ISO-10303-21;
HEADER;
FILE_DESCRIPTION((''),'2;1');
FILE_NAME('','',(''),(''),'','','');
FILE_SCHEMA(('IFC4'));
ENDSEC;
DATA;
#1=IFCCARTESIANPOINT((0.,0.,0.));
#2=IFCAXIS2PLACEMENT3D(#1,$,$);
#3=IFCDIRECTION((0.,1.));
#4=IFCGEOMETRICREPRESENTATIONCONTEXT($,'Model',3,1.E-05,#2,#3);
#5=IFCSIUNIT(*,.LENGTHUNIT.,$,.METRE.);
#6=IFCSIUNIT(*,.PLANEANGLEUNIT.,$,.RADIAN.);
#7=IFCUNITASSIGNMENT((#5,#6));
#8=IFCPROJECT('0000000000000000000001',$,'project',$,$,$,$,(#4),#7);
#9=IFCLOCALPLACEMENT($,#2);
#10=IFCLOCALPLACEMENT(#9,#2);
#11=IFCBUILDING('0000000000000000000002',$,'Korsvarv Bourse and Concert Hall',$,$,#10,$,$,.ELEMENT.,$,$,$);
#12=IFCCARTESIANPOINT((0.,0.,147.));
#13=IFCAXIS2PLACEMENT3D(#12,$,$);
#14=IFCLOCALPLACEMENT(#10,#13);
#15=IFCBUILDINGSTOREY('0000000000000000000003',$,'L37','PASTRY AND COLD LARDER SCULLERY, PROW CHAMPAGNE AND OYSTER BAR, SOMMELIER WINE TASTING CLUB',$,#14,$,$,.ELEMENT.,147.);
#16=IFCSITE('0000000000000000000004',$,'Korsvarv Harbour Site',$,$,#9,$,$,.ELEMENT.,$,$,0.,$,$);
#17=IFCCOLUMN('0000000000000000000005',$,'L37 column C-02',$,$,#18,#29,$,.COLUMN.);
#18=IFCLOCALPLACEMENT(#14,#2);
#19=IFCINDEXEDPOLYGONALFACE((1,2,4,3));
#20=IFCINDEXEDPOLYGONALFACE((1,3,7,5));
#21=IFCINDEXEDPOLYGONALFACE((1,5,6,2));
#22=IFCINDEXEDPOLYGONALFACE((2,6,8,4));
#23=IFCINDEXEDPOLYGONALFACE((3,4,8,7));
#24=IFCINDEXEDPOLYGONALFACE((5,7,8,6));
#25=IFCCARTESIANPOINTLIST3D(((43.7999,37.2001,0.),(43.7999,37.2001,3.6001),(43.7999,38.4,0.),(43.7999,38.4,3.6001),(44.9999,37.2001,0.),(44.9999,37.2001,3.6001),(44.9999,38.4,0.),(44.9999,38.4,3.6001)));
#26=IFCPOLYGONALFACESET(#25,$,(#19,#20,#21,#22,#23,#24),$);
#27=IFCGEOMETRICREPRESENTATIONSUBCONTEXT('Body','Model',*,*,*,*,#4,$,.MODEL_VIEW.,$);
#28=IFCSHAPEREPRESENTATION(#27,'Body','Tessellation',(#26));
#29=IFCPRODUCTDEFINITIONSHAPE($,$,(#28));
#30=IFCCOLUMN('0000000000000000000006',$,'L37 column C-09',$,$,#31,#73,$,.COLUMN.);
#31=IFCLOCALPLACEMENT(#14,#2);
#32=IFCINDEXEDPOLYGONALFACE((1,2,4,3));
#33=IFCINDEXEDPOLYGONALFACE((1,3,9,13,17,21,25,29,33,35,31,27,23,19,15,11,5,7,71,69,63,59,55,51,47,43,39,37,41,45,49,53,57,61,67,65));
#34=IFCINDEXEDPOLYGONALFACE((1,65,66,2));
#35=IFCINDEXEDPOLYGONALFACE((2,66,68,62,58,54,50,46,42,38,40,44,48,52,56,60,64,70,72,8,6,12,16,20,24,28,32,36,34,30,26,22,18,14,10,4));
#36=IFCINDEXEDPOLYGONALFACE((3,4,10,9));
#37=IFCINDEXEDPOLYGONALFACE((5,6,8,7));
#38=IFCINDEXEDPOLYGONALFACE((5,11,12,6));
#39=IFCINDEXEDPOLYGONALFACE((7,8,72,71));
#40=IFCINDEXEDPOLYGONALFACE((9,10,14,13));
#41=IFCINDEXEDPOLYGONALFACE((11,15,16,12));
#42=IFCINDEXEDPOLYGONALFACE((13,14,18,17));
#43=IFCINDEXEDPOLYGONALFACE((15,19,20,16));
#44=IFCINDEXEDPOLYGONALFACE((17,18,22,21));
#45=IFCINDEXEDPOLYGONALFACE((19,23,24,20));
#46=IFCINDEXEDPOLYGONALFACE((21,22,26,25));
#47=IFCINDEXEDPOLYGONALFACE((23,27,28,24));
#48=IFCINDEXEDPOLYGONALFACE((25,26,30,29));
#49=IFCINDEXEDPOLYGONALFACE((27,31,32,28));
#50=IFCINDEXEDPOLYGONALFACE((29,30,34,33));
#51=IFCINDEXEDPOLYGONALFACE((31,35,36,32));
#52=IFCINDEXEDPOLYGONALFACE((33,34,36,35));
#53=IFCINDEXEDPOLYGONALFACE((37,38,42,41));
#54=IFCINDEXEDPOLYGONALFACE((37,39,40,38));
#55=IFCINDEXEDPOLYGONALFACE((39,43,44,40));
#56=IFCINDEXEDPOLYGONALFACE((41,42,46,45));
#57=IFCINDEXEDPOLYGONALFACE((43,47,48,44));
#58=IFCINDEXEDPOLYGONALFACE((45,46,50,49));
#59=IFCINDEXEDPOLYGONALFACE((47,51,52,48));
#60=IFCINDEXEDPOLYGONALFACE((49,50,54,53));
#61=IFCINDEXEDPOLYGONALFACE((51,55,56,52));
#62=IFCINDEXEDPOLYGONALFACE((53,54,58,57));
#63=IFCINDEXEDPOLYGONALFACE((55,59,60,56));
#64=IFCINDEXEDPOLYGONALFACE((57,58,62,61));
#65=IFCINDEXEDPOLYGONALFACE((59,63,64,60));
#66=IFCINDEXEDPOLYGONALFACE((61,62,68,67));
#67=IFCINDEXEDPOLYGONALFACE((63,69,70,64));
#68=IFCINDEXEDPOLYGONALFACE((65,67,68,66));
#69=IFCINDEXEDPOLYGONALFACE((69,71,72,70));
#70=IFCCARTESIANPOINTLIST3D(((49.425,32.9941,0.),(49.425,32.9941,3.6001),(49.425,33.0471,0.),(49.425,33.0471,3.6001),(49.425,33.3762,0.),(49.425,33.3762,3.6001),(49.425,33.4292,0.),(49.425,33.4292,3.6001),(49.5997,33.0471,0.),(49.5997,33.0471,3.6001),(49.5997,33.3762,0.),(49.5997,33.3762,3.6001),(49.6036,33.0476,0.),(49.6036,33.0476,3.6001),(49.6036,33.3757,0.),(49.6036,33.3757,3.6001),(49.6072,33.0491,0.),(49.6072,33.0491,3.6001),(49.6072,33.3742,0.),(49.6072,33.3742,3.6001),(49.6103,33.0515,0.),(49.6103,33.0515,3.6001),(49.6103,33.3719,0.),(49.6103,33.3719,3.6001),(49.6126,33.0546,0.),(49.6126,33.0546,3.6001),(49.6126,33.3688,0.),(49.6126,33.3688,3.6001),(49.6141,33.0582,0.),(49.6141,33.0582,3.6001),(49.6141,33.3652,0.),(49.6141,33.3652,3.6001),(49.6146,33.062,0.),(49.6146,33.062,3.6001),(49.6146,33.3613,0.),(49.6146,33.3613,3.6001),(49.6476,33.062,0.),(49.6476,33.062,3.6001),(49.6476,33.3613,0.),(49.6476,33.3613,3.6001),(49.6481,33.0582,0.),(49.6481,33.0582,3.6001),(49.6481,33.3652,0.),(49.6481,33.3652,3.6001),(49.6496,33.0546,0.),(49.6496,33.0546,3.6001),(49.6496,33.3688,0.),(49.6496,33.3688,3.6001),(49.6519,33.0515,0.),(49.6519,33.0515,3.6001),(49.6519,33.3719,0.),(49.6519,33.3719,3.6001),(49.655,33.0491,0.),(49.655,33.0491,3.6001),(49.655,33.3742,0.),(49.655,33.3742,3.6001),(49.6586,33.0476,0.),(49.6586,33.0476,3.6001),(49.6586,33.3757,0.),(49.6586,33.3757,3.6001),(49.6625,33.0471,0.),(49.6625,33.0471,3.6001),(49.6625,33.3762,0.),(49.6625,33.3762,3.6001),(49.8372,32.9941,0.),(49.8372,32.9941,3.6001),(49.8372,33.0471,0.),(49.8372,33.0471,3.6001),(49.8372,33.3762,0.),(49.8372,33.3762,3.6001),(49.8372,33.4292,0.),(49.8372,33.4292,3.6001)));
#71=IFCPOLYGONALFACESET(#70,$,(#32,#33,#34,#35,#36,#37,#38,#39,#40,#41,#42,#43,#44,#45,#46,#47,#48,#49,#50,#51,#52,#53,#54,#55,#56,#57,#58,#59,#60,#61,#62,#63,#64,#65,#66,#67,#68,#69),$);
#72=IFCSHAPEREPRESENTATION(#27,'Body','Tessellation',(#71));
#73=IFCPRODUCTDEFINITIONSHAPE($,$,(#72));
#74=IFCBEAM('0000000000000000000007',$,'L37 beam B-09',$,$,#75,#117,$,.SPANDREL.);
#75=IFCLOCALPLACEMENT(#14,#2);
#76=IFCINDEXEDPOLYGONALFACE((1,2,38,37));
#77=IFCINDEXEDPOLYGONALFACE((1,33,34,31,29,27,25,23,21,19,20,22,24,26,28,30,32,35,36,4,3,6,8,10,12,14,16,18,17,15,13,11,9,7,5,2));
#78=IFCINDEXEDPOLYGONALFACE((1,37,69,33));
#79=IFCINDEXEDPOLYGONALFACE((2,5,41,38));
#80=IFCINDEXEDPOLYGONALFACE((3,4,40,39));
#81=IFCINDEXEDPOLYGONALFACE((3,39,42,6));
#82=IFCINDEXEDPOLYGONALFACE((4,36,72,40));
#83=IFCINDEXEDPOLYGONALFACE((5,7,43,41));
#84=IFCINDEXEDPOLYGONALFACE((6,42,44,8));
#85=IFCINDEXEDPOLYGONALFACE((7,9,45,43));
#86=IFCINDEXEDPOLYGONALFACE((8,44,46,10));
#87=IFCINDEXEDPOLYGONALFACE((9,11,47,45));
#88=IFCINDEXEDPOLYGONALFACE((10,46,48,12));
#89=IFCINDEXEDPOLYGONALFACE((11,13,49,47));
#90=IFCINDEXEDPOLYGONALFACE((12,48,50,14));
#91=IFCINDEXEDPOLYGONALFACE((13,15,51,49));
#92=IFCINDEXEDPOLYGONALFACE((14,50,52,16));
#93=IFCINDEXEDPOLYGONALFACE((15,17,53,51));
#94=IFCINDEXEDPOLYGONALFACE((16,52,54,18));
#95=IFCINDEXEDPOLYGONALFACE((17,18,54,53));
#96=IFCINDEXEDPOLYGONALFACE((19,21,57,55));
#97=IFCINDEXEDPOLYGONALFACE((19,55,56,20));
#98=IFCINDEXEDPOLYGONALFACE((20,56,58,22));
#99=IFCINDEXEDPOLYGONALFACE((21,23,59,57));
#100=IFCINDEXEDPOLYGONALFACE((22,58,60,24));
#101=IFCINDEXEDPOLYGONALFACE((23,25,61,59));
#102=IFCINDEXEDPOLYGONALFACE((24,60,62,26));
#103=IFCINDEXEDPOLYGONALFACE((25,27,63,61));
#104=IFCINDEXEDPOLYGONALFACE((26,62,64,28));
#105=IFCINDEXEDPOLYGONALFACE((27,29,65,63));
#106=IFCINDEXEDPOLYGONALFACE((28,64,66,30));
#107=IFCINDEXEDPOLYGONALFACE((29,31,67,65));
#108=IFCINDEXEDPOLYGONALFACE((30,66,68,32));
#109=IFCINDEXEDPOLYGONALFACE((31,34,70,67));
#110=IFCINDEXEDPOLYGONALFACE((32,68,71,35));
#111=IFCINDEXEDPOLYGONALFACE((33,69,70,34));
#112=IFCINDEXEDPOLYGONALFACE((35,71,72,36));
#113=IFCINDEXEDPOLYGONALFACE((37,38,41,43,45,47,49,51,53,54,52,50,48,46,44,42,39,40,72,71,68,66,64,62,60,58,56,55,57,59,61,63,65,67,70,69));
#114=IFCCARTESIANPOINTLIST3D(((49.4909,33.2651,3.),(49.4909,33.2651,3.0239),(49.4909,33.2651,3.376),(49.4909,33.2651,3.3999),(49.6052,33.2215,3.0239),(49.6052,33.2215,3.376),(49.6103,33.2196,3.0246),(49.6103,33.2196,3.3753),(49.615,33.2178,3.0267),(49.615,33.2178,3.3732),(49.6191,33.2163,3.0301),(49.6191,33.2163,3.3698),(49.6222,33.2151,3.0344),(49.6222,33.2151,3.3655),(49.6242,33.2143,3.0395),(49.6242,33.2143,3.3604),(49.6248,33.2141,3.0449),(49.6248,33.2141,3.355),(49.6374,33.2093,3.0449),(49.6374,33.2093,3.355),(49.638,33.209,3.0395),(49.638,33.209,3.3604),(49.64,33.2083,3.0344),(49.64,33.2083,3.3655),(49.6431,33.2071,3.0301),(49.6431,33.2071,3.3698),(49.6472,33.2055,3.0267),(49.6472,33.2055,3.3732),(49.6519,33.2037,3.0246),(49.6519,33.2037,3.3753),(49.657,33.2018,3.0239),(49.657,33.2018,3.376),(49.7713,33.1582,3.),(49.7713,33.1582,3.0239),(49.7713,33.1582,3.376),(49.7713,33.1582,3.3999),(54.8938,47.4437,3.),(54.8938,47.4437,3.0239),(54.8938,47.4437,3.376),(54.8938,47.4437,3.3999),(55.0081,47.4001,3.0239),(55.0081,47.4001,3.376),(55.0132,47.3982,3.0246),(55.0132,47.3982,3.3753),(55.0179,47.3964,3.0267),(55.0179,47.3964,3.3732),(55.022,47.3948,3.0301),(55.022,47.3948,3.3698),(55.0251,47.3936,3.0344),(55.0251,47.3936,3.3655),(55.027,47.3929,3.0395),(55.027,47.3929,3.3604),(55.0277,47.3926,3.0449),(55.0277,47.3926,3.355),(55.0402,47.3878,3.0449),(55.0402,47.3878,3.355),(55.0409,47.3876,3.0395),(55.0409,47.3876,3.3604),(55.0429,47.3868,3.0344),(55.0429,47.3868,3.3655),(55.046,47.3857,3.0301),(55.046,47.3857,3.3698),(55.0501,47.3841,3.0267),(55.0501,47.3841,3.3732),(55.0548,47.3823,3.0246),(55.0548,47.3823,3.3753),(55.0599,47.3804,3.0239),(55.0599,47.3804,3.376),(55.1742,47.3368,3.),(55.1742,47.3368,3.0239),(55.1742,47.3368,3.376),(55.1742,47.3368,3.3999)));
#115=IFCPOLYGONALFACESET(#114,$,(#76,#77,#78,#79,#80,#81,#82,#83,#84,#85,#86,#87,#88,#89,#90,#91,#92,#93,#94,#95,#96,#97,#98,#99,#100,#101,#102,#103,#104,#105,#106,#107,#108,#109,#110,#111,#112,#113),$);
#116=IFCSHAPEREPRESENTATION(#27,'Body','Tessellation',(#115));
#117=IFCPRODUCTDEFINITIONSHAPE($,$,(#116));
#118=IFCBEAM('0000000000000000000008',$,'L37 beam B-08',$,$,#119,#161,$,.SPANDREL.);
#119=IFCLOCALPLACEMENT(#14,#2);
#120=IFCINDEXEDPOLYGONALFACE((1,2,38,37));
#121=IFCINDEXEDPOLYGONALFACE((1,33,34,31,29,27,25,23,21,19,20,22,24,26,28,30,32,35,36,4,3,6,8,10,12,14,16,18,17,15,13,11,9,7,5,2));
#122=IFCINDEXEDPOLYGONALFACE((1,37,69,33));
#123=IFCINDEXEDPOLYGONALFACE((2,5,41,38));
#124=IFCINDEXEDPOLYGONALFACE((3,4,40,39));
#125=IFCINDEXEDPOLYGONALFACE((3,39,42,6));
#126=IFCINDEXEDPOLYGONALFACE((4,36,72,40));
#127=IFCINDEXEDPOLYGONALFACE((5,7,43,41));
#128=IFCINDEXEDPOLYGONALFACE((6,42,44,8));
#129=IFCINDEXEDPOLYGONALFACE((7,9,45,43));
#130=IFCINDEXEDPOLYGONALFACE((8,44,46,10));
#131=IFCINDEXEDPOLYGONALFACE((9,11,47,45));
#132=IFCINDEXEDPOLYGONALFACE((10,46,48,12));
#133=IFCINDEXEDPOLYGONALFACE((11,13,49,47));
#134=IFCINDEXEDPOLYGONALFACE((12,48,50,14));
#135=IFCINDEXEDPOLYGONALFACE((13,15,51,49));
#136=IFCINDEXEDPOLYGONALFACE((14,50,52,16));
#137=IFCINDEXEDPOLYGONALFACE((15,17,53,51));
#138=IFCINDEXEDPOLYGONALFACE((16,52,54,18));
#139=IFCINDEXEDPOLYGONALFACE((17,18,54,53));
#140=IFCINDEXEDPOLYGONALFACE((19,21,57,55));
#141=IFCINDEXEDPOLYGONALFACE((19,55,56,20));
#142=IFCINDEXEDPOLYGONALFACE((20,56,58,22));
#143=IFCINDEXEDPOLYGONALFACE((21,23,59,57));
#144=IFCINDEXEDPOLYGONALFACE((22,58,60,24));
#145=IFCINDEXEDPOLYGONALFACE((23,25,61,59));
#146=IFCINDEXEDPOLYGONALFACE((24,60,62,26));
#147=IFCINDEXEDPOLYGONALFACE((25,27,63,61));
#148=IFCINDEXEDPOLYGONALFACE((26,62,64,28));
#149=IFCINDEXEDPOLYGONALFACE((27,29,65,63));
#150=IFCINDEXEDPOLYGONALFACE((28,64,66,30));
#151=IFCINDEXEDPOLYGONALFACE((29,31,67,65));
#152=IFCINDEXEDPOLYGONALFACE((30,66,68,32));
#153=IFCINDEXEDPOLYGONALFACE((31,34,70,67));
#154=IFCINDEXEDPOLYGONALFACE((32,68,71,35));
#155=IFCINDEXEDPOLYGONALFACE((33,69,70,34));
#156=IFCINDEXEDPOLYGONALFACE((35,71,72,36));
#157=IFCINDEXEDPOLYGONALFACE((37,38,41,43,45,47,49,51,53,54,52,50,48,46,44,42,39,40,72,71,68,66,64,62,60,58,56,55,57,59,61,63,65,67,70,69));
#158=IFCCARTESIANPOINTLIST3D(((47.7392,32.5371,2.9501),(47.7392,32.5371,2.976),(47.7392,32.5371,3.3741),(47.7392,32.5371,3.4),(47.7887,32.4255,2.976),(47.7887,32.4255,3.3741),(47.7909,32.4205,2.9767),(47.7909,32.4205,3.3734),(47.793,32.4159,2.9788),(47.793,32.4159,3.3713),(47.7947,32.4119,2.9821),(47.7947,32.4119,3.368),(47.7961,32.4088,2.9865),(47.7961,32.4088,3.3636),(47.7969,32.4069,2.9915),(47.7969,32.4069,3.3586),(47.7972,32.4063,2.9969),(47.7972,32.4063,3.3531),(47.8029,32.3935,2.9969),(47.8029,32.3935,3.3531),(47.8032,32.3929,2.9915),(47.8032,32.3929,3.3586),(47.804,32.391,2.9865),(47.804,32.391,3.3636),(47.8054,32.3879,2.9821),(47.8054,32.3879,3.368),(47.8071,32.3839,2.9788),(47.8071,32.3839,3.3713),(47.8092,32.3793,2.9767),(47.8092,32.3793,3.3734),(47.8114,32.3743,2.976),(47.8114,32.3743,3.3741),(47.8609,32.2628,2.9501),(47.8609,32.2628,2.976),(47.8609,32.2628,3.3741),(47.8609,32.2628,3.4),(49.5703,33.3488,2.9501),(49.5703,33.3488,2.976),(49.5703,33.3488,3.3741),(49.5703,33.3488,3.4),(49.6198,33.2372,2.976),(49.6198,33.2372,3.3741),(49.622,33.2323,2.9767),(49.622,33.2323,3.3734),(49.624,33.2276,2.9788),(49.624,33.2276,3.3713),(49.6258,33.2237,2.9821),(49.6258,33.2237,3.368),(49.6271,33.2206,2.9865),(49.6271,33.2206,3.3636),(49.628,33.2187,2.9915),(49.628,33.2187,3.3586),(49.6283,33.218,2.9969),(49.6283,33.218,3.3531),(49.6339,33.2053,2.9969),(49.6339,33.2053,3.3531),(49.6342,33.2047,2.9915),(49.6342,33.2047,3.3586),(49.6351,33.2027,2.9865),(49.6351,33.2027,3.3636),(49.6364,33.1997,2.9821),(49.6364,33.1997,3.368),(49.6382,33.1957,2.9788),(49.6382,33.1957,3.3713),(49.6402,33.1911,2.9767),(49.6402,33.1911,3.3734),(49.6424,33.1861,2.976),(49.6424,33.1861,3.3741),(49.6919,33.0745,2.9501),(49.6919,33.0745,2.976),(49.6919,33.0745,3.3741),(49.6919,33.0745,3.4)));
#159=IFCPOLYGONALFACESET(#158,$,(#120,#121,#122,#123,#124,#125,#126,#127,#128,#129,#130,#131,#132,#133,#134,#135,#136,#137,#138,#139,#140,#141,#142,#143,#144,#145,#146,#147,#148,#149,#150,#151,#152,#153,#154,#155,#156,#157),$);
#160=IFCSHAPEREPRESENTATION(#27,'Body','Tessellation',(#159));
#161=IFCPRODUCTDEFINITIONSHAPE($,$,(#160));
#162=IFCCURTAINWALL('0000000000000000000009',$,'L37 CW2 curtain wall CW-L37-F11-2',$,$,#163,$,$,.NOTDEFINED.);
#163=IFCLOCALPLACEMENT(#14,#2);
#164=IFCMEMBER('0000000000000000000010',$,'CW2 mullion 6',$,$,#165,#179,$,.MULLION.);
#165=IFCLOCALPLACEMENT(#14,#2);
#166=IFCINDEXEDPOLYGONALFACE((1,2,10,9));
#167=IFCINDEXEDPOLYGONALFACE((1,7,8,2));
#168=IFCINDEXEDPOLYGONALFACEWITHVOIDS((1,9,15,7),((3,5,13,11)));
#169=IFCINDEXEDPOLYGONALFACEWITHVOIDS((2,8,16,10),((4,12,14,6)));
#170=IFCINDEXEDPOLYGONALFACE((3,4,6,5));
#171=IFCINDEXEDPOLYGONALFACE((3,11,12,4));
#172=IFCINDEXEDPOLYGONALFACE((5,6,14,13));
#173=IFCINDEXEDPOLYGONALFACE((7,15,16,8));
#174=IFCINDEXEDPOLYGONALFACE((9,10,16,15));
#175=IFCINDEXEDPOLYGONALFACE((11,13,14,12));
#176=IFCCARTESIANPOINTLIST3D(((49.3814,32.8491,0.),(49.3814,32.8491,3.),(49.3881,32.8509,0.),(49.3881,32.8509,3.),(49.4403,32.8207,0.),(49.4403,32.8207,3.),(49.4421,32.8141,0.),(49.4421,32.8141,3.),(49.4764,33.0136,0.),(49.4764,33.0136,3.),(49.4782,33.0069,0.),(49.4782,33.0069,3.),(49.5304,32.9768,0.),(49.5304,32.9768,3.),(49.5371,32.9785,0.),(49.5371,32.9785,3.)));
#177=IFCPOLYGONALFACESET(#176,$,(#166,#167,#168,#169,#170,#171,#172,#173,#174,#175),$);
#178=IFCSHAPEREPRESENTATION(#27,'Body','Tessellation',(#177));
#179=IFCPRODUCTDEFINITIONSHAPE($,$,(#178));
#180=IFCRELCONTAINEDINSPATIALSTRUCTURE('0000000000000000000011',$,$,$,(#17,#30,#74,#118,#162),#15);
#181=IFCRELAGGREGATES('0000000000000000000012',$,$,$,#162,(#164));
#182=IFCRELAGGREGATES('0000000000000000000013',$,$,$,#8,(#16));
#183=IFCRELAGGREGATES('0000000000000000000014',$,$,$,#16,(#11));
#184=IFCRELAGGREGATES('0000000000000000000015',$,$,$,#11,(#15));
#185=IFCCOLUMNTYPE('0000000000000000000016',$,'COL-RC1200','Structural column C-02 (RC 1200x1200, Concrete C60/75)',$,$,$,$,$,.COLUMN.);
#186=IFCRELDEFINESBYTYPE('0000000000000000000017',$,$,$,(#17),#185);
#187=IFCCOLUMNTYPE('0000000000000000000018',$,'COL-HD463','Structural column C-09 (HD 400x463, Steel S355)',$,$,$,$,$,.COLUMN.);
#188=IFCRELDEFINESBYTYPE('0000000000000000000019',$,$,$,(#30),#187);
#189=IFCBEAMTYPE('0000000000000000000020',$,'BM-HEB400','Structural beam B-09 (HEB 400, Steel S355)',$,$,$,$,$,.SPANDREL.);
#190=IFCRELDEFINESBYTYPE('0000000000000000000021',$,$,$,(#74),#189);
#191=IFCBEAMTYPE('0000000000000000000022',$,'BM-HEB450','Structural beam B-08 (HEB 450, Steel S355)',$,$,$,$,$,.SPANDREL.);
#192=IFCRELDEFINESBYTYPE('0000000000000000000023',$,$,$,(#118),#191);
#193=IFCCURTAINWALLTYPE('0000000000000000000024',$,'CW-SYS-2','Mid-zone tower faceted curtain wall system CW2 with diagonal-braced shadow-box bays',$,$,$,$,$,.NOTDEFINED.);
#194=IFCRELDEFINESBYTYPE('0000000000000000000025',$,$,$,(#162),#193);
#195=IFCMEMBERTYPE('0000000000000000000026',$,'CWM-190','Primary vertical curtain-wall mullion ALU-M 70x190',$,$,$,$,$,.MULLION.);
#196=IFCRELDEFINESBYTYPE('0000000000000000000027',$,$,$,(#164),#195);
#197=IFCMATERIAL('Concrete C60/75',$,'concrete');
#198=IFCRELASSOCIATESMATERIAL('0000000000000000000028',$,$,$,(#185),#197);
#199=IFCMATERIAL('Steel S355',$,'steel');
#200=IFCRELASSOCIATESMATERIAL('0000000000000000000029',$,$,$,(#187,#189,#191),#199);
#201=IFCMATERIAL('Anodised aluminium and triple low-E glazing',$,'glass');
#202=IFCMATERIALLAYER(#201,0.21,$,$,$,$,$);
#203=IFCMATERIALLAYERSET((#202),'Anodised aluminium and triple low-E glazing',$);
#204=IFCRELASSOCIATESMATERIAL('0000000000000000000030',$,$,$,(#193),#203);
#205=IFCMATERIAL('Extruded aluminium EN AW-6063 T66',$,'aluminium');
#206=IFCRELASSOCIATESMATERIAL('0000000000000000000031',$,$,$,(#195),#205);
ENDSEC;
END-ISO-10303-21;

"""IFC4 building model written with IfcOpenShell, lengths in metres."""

from ifc_helpers import new_model, si_unit, direction, frame, origin, origin_2d, place, context, subcontext, project, spatial, rectangle, hollow_rectangle, i_section, extrude, source, transform, mapped, material, layer, layer_set, material_profile, profile_set, type_object, element, aggregate, save


model = new_model("IFC4")

# Units and contexts
model_context = context("Model", 3, precision=1e-05, world=origin(), true_north=direction((0.0, 1.0)))
body_context = subcontext(model_context, "Body", "Model", "MODEL_VIEW")
ifc_project = project(units=[si_unit("LENGTHUNIT", "METRE"), si_unit("PLANEANGLEUNIT", "RADIAN")], contexts=[model_context])

# Site, building, storey
site_placement = place(None, origin())
site = spatial("IfcSite", under=ifc_project, at=site_placement, Name="Korsvarv Harbour Site", CompositionType="ELEMENT", RefElevation=0.0)
building_placement = place(site_placement, origin())
building = spatial("IfcBuilding", under=site, at=building_placement, Name="Korsvarv Bourse and Concert Hall", CompositionType="ELEMENT")
storey_placement = place(building_placement, frame((0.0, 0.0, 147.0)))
storey = spatial("IfcBuildingStorey", under=building, at=storey_placement, Name="L37", Description="PASTRY AND COLD LARDER SCULLERY, PROW CHAMPAGNE AND OYSTER BAR, SOMMELIER WINE TASTING CLUB", CompositionType="ELEMENT", Elevation=147.0)

# Columns
ifc_material_1 = material(Name="Concrete C60/75", Category="concrete")
ifc_material_profile_1 = material_profile(ifc_material_1, rectangle(XDim=1.2, YDim=1.2, at=origin_2d()), Name="RC 1200x1200")
ifc_profile_set_1 = profile_set([ifc_material_profile_1], Name="Concrete C60/75")
column_type_1 = type_object("IfcColumnType", Name="COL-RC1200", Description="Structural column C-02 (RC 1200x1200, Concrete C60/75)", PredefinedType="COLUMN", material=ifc_profile_set_1)
shared_shape_1 = source(origin(), body_context, "Body", "SweptSolid", [
    extrude(rectangle(XDim=1.2, YDim=1.2, at=origin_2d()), origin(), (0.0, 0.0, 1.0), 3.6001),
])
column_1_placement = place(storey_placement, frame((44.3999, 37.8, 0.0), z_axis=(0.0, 0.0, 1.0), x_axis=(1.0, 0.0, 0.0)))
element("IfcColumn", 1, at=column_1_placement, inside=storey, type_object=column_type_1, Name="L37 column C-02", PredefinedType="COLUMN", context=body_context, shape_type="MappedRepresentation", body=[
    mapped(shared_shape_1, transform((0.0, 0.0, 0.0), scale=1.0)),
])
ifc_material_2 = material(Name="Steel S355", Category="steel")
ifc_material_profile_2 = material_profile(ifc_material_2, i_section(OverallWidth=0.4121, OverallDepth=0.4351, WebThickness=0.033, FlangeThickness=0.053, FilletRadius=0.0149, at=origin_2d()), Name="HD 400x463")
ifc_profile_set_2 = profile_set([ifc_material_profile_2], Name="Steel S355")
column_type_2 = type_object("IfcColumnType", Name="COL-HD463", Description="Structural column C-09 (HD 400x463, Steel S355)", PredefinedType="COLUMN", material=ifc_profile_set_2)
shared_shape_2 = source(origin(), body_context, "Body", "SweptSolid", [
    extrude(i_section(OverallWidth=0.4121, OverallDepth=0.4351, WebThickness=0.033, FlangeThickness=0.053, FilletRadius=0.0149, at=origin_2d()), origin(), (0.0, 0.0, 1.0), 3.6001),
])
column_2_placement = place(storey_placement, frame((49.6311, 33.2117, 0.0), z_axis=(0.0, 0.0, 1.0), x_axis=(1.0, 0.0, 0.0)))
element("IfcColumn", 2, at=column_2_placement, inside=storey, type_object=column_type_2, Name="L37 column C-09", PredefinedType="COLUMN", context=body_context, shape_type="MappedRepresentation", body=[
    mapped(shared_shape_2, transform((0.0, 0.0, 0.0), scale=1.0)),
])

# Beams
ifc_material_profile_3 = material_profile(ifc_material_2, i_section(OverallWidth=0.3, OverallDepth=0.3999, WebThickness=0.0134, FlangeThickness=0.0239, FilletRadius=0.021, at=origin_2d()), Name="HEB 400")
ifc_profile_set_3 = profile_set([ifc_material_profile_3], Name="Steel S355")
beam_type_1 = type_object("IfcBeamType", Name="BM-HEB400", Description="Structural beam B-09 (HEB 400, Steel S355)", PredefinedType="SPANDREL", material=ifc_profile_set_3)
shared_shape_3 = source(origin(), body_context, "Body", "SweptSolid", [
    extrude(i_section(OverallWidth=0.3, OverallDepth=0.3999, WebThickness=0.0134, FlangeThickness=0.0239, FilletRadius=0.021, at=origin_2d()), origin(), (0.0, 0.0, 1.0), 15.1731),
])
beam_1_placement = place(storey_placement, frame((49.6311, 33.2117, 3.2), z_axis=(0.356082, 0.934455, 0.0), x_axis=(-0.934455, 0.356082, 0.0)))
element("IfcBeam", 3, at=beam_1_placement, inside=storey, type_object=beam_type_1, Name="L37 beam B-09", PredefinedType="SPANDREL", context=body_context, shape_type="MappedRepresentation", body=[
    mapped(shared_shape_3, transform((0.0, 0.0, 0.0), scale=1.0)),
])
ifc_material_profile_4 = material_profile(ifc_material_2, i_section(OverallWidth=0.3, OverallDepth=0.45, WebThickness=0.0139, FlangeThickness=0.0259, FilletRadius=0.021, at=origin_2d()), Name="HEB 450")
ifc_profile_set_4 = profile_set([ifc_material_profile_4], Name="Steel S355")
beam_type_2 = type_object("IfcBeamType", Name="BM-HEB450", Description="Structural beam B-08 (HEB 450, Steel S355)", PredefinedType="SPANDREL", material=ifc_profile_set_4)
shared_shape_4 = source(origin(), body_context, "Body", "SweptSolid", [
    extrude(i_section(OverallWidth=0.3, OverallDepth=0.45, WebThickness=0.0139, FlangeThickness=0.0259, FilletRadius=0.021, at=origin_2d()), origin(), (0.0, 0.0, 1.0), 2.0029),
])
beam_2_placement = place(storey_placement, frame((49.6311, 33.2117, 3.175), z_axis=(-0.914188, -0.40529, 0.0), x_axis=(0.40529, -0.914188, 0.0)))
element("IfcBeam", 4, at=beam_2_placement, inside=storey, type_object=beam_type_2, Name="L37 beam B-08", PredefinedType="SPANDREL", context=body_context, shape_type="MappedRepresentation", body=[
    mapped(shared_shape_4, transform((0.0, 0.0, 0.0), scale=1.0)),
])

# Curtain wall, member
ifc_material_3 = material(Name="Anodised aluminium and triple low-E glazing", Category="glass")
ifc_layer_1 = layer(ifc_material_3, 0.21)
ifc_layer_set_1 = layer_set([ifc_layer_1], Name="Anodised aluminium and triple low-E glazing")
curtain_wall_type = type_object("IfcCurtainWallType", Name="CW-SYS-2", Description="Mid-zone tower faceted curtain wall system CW2 with diagonal-braced shadow-box bays", PredefinedType="NOTDEFINED", material=ifc_layer_set_1)
curtain_wall_placement = place(storey_placement, origin())
curtain_wall = element("IfcCurtainWall", 5, at=curtain_wall_placement, inside=storey, type_object=curtain_wall_type, Name="L37 CW2 curtain wall CW-L37-F11-2", PredefinedType="NOTDEFINED")
ifc_material_4 = material(Name="Extruded aluminium EN AW-6063 T66", Category="aluminium")
ifc_material_profile_5 = material_profile(ifc_material_4, hollow_rectangle(XDim=0.0701, YDim=0.1899, WallThickness=0.0049, at=origin_2d()), Name="ALU-M 70x190")
ifc_profile_set_5 = profile_set([ifc_material_profile_5], Name="Extruded aluminium EN AW-6063 T66")
member_type = type_object("IfcMemberType", Name="CWM-190", Description="Primary vertical curtain-wall mullion ALU-M 70x190", PredefinedType="MULLION", material=ifc_profile_set_5)
shared_shape_5 = source(origin(), body_context, "Body", "SweptSolid", [
    extrude(hollow_rectangle(XDim=0.0701, YDim=0.1899, WallThickness=0.0049, at=origin_2d()), origin(), (0.0, 0.0, 1.0), 3.0),
])
member_placement = place(storey_placement, frame((49.4592, 32.9138, 0.0), z_axis=(0.0, 0.0, 1.0), x_axis=(-0.866023, 0.500005, 0.0)))
member = element("IfcMember", 6, at=member_placement, type_object=member_type, Name="CW2 mullion 6", PredefinedType="MULLION", context=body_context, shape_type="MappedRepresentation", body=[
    mapped(shared_shape_5, transform((0.0, 0.0, 0.0), scale=1.0)),
])
aggregate(curtain_wall, [member])

save(model, "model.ifc")
